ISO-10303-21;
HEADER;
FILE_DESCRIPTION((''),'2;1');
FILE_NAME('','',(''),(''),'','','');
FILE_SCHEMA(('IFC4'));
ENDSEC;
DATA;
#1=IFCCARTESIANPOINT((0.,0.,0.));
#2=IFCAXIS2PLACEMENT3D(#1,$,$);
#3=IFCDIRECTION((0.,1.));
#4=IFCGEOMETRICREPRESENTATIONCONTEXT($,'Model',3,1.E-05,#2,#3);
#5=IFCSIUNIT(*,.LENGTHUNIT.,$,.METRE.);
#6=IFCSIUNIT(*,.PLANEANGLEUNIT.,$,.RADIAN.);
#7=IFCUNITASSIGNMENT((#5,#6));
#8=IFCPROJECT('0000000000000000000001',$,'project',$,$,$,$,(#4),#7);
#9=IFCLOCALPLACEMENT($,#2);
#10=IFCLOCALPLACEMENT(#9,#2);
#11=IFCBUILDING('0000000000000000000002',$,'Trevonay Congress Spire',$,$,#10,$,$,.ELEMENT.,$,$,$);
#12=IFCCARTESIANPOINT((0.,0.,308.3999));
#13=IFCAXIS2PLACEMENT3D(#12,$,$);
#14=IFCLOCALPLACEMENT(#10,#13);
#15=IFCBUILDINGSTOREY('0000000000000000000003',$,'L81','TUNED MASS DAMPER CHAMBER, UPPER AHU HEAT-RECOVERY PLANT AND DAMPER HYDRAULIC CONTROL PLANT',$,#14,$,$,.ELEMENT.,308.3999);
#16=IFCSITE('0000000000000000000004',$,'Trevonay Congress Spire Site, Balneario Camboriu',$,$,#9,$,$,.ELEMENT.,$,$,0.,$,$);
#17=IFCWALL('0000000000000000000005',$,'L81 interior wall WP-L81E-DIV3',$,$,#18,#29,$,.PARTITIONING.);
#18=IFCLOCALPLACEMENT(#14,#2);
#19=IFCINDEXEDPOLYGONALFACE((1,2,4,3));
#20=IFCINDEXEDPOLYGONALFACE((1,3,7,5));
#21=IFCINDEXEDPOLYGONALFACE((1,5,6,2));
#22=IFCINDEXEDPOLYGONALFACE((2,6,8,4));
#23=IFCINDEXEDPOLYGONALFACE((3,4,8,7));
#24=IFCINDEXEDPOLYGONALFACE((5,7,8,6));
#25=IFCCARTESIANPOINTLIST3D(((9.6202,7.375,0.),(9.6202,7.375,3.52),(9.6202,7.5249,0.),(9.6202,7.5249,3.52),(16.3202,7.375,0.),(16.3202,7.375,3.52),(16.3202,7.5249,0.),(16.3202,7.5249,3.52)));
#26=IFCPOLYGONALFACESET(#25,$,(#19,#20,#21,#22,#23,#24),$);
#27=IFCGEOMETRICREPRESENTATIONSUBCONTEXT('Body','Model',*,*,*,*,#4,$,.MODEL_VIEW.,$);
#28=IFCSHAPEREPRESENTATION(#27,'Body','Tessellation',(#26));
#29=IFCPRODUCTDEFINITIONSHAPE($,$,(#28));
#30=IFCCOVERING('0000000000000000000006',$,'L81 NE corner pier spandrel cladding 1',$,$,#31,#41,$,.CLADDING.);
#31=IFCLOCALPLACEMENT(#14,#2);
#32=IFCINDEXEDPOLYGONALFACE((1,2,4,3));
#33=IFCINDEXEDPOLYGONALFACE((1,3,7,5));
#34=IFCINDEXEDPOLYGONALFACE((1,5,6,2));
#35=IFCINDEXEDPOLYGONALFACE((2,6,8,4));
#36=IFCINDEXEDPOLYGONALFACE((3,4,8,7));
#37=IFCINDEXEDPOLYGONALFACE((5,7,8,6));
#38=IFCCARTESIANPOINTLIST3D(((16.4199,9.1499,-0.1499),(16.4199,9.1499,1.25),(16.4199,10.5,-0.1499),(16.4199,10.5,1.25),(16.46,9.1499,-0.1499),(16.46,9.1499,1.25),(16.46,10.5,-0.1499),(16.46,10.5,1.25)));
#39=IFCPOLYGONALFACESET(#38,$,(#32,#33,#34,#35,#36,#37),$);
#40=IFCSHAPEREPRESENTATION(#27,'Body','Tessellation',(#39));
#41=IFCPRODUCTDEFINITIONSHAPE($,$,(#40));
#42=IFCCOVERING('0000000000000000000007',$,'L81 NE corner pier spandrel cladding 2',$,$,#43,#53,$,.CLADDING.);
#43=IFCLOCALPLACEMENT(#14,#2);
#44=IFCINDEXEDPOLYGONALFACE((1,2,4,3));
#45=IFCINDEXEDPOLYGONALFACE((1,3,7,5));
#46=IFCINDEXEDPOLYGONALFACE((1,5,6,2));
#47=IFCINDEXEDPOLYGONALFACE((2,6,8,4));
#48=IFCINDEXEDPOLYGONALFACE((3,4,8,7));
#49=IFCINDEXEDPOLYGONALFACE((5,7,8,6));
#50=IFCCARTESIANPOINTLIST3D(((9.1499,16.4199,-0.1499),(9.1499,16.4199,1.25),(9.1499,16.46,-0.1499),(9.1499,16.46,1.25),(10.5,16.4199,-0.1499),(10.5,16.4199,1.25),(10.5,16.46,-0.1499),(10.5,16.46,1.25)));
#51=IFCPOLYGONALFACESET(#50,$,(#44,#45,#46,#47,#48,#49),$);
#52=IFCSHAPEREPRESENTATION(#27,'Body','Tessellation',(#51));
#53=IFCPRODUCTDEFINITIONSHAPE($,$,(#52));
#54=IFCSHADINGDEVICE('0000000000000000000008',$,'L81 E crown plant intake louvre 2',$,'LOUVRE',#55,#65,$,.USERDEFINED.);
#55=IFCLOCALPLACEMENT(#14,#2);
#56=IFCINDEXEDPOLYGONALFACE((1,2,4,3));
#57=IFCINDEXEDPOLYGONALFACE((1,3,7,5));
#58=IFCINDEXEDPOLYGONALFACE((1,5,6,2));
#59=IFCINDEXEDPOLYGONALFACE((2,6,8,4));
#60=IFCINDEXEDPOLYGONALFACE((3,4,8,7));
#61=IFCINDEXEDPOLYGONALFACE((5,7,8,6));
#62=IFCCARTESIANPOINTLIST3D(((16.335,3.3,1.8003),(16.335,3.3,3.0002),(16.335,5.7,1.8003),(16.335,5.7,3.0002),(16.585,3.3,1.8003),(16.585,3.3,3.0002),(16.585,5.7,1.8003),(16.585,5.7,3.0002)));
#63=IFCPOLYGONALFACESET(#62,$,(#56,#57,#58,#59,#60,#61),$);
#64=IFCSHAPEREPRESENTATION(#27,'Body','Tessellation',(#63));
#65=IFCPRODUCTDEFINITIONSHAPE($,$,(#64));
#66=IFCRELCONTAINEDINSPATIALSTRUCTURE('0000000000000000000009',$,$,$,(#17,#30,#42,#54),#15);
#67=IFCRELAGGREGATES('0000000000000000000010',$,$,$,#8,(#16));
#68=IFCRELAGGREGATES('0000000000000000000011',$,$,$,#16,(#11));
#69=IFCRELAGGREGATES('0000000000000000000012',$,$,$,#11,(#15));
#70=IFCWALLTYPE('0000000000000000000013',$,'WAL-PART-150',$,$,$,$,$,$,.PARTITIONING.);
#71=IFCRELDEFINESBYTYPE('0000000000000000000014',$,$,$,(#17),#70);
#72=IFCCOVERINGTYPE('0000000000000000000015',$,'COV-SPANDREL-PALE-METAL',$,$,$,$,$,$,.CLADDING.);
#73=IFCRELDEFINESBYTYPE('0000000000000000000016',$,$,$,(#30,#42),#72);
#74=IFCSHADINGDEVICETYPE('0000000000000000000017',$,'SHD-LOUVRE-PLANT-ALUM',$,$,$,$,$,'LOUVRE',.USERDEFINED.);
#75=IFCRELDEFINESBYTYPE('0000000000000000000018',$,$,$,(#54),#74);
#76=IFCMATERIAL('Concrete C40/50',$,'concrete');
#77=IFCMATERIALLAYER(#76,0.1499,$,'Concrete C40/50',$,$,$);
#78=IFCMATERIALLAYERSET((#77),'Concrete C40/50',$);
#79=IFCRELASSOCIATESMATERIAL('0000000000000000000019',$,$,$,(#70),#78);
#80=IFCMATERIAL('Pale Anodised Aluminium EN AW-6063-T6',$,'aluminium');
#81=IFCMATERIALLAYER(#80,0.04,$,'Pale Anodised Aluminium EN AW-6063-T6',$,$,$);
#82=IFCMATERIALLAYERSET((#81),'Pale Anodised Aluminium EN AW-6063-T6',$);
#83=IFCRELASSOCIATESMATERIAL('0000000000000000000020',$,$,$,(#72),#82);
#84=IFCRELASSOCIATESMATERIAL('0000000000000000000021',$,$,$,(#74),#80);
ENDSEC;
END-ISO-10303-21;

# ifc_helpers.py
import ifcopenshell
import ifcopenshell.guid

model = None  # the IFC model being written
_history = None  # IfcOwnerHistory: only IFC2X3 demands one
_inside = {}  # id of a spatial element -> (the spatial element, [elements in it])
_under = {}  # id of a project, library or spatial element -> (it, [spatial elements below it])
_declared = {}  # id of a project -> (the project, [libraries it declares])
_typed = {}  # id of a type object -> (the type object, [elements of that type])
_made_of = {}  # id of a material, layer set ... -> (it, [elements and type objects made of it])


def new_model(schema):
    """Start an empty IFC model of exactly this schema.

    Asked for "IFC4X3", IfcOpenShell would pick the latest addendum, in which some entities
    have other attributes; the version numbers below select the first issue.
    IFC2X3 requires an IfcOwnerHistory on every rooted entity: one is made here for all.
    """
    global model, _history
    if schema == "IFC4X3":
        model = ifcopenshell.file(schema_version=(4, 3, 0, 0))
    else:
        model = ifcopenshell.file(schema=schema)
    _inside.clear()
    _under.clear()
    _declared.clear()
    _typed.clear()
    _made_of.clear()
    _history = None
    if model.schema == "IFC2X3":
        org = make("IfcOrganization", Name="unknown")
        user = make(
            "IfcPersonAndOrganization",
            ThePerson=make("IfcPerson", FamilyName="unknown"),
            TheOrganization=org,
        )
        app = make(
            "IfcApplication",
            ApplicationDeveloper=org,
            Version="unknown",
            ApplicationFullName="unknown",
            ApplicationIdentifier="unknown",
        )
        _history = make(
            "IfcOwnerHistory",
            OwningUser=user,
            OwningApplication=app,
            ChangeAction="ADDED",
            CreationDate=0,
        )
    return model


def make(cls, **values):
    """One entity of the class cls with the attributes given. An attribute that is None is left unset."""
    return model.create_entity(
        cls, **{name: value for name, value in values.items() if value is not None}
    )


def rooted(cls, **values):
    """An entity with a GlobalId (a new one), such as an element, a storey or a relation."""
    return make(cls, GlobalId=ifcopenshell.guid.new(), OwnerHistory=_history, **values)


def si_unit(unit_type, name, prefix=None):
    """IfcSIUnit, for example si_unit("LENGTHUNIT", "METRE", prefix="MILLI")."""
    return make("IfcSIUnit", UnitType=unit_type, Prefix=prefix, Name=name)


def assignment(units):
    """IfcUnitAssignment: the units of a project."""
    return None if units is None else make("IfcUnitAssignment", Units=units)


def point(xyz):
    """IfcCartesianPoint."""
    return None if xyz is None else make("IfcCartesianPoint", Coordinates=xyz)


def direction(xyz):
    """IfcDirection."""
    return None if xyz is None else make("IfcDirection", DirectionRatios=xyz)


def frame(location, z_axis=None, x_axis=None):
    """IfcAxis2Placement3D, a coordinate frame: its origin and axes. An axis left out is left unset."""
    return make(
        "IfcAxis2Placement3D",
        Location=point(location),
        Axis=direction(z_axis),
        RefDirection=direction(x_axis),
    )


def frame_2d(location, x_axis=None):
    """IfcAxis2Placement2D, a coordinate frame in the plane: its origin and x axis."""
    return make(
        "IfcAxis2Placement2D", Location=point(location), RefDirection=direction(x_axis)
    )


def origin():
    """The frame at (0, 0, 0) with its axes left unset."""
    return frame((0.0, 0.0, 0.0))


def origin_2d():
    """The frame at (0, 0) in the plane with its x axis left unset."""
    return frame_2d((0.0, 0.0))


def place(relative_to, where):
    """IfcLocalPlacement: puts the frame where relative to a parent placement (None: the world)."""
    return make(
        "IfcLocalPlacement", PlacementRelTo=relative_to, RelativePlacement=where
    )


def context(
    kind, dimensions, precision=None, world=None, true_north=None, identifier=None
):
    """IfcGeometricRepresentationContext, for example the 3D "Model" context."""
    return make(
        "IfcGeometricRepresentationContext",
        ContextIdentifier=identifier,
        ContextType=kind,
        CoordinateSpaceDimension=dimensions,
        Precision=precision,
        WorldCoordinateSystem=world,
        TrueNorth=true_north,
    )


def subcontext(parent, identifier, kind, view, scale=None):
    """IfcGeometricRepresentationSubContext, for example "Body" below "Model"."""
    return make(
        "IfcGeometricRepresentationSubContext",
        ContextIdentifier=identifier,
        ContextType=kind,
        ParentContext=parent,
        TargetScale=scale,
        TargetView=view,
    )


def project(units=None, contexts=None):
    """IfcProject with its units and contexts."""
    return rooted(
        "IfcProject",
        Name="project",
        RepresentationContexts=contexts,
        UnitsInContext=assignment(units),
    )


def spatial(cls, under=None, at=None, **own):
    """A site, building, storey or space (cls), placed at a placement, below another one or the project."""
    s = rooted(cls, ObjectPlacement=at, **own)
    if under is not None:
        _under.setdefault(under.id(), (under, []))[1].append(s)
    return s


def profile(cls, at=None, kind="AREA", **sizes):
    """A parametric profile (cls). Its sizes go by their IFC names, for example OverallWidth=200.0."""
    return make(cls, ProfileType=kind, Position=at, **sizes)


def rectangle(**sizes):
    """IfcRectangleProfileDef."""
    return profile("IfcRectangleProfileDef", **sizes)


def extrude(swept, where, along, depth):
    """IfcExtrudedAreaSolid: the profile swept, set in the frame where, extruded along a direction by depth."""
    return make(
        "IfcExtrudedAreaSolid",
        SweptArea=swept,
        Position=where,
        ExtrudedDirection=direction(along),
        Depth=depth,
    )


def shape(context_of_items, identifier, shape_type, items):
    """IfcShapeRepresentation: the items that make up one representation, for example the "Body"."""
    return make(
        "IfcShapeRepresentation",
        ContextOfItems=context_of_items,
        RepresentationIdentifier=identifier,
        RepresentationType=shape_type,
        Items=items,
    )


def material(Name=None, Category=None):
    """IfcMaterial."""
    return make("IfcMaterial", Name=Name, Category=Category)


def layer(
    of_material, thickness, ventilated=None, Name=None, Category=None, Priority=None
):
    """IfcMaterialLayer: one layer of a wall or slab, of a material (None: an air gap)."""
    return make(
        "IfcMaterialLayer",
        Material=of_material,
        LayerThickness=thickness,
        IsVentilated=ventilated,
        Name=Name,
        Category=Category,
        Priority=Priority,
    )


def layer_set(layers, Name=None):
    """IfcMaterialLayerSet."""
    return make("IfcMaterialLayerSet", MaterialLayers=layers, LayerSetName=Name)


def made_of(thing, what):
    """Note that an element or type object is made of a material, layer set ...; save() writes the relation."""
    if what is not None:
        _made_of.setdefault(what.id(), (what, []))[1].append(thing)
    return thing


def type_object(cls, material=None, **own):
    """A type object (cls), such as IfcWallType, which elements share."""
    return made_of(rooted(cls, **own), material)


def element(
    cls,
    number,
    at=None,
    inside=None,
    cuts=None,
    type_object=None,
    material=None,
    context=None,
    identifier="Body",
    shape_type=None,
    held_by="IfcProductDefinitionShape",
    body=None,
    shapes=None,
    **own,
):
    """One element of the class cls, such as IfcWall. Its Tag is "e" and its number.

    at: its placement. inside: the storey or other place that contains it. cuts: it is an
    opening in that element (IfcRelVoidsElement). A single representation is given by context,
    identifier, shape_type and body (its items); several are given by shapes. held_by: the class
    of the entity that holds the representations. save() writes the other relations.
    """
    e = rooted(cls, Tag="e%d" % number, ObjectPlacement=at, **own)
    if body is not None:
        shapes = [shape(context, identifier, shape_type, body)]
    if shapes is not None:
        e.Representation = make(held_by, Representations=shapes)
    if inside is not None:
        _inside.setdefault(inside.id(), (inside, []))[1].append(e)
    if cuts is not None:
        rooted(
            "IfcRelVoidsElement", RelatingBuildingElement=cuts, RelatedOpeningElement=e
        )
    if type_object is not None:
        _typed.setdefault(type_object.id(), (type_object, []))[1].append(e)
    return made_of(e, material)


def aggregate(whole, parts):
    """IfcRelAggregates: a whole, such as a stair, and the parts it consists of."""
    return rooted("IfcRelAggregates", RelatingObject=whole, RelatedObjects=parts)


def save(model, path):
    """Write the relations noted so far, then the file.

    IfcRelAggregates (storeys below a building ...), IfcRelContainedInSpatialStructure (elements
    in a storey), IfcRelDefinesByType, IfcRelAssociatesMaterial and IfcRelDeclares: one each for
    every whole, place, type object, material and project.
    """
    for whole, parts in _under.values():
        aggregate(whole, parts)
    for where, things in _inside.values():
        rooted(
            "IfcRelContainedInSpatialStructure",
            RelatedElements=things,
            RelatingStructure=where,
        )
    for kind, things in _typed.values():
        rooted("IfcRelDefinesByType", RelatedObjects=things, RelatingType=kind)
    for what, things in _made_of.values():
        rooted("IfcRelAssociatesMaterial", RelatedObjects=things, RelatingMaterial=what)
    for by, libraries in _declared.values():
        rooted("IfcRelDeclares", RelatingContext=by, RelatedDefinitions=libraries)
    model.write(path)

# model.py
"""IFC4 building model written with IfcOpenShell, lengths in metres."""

from ifc_helpers import new_model, si_unit, direction, frame, frame_2d, origin, origin_2d, place, context, subcontext, project, spatial, rectangle, extrude, material, layer, layer_set, type_object, element, save


model = new_model("IFC4")

# Units and contexts
model_context = context("Model", 3, precision=1e-05, world=origin(), true_north=direction((0.0, 1.0)))
body_context = subcontext(model_context, "Body", "Model", "MODEL_VIEW")
ifc_project = project(units=[si_unit("LENGTHUNIT", "METRE"), si_unit("PLANEANGLEUNIT", "RADIAN")], contexts=[model_context])

# Site, building, storey
site_placement = place(None, origin())
site = spatial("IfcSite", under=ifc_project, at=site_placement, Name="Trevonay Congress Spire Site, Balneario Camboriu", CompositionType="ELEMENT", RefElevation=0.0)
building_placement = place(site_placement, origin())
building = spatial("IfcBuilding", under=site, at=building_placement, Name="Trevonay Congress Spire", CompositionType="ELEMENT")
storey_placement = place(building_placement, frame((0.0, 0.0, 308.3999)))
storey = spatial("IfcBuildingStorey", under=building, at=storey_placement, Name="L81", Description="TUNED MASS DAMPER CHAMBER, UPPER AHU HEAT-RECOVERY PLANT AND DAMPER HYDRAULIC CONTROL PLANT", CompositionType="ELEMENT", Elevation=308.3999)

# Shared definitions
ifc_material_1 = material(Name="Pale Anodised Aluminium EN AW-6063-T6", Category="aluminium")

# Wall
ifc_material_2 = material(Name="Concrete C40/50", Category="concrete")
ifc_layer_1 = layer(ifc_material_2, 0.1499, Name="Concrete C40/50")
ifc_layer_set_1 = layer_set([ifc_layer_1], Name="Concrete C40/50")
wall_type_1 = type_object("IfcWallType", Name="WAL-PART-150", PredefinedType="PARTITIONING", material=ifc_layer_set_1)
wall_1_placement = place(storey_placement, frame((9.6201, 7.45, 0.0), z_axis=(0.0, 0.0, 1.0), x_axis=(1.0, 0.0, 0.0)))
element("IfcWall", 1, at=wall_1_placement, inside=storey, type_object=wall_type_1, Name="L81 interior wall WP-L81E-DIV3", PredefinedType="PARTITIONING", context=body_context, shape_type="SweptSolid", body=[
    extrude(rectangle(XDim=6.7, YDim=0.1499, at=frame_2d((3.3501, 0.0))), origin(), (0.0, 0.0, 1.0), 3.52),
])

# Coverings
ifc_layer_2 = layer(ifc_material_1, 0.04, Name="Pale Anodised Aluminium EN AW-6063-T6")
ifc_layer_set_2 = layer_set([ifc_layer_2], Name="Pale Anodised Aluminium EN AW-6063-T6")
covering_type = type_object("IfcCoveringType", Name="COV-SPANDREL-PALE-METAL", PredefinedType="CLADDING", material=ifc_layer_set_2)
for number, where, z_axis, x_axis, name in (
    (2, (16.4399, 9.1499, -0.1499), (0.0, 0.0, 1.0), (0.0, 1.0, 0.0), "L81 NE corner pier spandrel cladding 1"),
    (3, (9.1499, 16.4399, -0.1499), (0.0, 0.0, 1.0), (1.0, 0.0, 0.0), "L81 NE corner pier spandrel cladding 2"),
):
    element("IfcCovering", number, at=place(storey_placement, frame(where, z_axis=z_axis, x_axis=x_axis)), inside=storey, type_object=covering_type, Name=name, PredefinedType="CLADDING", context=body_context, shape_type="SweptSolid", body=[
        extrude(rectangle(XDim=1.3501, YDim=0.04, at=frame_2d((0.675, 0.0))), origin(), (0.0, 0.0, 1.0), 1.3999),
    ])

# Shading device
shading_device_type = type_object("IfcShadingDeviceType", Name="SHD-LOUVRE-PLANT-ALUM", ElementType="LOUVRE", PredefinedType="USERDEFINED", material=ifc_material_1)
shading_device_placement = place(storey_placement, frame((16.46, 4.5, 1.8003), z_axis=(0.0, 0.0, 1.0), x_axis=(0.0, 1.0, 0.0)))
element("IfcShadingDevice", 4, at=shading_device_placement, inside=storey, type_object=shading_device_type, Name="L81 E crown plant intake louvre 2", ObjectType="LOUVRE", PredefinedType="USERDEFINED", context=body_context, shape_type="SweptSolid", body=[
    extrude(rectangle(XDim=2.3999, YDim=0.25, at=origin_2d()), origin(), (0.0, 0.0, 1.0), 1.2),
])

save(model, "model.ifc")
